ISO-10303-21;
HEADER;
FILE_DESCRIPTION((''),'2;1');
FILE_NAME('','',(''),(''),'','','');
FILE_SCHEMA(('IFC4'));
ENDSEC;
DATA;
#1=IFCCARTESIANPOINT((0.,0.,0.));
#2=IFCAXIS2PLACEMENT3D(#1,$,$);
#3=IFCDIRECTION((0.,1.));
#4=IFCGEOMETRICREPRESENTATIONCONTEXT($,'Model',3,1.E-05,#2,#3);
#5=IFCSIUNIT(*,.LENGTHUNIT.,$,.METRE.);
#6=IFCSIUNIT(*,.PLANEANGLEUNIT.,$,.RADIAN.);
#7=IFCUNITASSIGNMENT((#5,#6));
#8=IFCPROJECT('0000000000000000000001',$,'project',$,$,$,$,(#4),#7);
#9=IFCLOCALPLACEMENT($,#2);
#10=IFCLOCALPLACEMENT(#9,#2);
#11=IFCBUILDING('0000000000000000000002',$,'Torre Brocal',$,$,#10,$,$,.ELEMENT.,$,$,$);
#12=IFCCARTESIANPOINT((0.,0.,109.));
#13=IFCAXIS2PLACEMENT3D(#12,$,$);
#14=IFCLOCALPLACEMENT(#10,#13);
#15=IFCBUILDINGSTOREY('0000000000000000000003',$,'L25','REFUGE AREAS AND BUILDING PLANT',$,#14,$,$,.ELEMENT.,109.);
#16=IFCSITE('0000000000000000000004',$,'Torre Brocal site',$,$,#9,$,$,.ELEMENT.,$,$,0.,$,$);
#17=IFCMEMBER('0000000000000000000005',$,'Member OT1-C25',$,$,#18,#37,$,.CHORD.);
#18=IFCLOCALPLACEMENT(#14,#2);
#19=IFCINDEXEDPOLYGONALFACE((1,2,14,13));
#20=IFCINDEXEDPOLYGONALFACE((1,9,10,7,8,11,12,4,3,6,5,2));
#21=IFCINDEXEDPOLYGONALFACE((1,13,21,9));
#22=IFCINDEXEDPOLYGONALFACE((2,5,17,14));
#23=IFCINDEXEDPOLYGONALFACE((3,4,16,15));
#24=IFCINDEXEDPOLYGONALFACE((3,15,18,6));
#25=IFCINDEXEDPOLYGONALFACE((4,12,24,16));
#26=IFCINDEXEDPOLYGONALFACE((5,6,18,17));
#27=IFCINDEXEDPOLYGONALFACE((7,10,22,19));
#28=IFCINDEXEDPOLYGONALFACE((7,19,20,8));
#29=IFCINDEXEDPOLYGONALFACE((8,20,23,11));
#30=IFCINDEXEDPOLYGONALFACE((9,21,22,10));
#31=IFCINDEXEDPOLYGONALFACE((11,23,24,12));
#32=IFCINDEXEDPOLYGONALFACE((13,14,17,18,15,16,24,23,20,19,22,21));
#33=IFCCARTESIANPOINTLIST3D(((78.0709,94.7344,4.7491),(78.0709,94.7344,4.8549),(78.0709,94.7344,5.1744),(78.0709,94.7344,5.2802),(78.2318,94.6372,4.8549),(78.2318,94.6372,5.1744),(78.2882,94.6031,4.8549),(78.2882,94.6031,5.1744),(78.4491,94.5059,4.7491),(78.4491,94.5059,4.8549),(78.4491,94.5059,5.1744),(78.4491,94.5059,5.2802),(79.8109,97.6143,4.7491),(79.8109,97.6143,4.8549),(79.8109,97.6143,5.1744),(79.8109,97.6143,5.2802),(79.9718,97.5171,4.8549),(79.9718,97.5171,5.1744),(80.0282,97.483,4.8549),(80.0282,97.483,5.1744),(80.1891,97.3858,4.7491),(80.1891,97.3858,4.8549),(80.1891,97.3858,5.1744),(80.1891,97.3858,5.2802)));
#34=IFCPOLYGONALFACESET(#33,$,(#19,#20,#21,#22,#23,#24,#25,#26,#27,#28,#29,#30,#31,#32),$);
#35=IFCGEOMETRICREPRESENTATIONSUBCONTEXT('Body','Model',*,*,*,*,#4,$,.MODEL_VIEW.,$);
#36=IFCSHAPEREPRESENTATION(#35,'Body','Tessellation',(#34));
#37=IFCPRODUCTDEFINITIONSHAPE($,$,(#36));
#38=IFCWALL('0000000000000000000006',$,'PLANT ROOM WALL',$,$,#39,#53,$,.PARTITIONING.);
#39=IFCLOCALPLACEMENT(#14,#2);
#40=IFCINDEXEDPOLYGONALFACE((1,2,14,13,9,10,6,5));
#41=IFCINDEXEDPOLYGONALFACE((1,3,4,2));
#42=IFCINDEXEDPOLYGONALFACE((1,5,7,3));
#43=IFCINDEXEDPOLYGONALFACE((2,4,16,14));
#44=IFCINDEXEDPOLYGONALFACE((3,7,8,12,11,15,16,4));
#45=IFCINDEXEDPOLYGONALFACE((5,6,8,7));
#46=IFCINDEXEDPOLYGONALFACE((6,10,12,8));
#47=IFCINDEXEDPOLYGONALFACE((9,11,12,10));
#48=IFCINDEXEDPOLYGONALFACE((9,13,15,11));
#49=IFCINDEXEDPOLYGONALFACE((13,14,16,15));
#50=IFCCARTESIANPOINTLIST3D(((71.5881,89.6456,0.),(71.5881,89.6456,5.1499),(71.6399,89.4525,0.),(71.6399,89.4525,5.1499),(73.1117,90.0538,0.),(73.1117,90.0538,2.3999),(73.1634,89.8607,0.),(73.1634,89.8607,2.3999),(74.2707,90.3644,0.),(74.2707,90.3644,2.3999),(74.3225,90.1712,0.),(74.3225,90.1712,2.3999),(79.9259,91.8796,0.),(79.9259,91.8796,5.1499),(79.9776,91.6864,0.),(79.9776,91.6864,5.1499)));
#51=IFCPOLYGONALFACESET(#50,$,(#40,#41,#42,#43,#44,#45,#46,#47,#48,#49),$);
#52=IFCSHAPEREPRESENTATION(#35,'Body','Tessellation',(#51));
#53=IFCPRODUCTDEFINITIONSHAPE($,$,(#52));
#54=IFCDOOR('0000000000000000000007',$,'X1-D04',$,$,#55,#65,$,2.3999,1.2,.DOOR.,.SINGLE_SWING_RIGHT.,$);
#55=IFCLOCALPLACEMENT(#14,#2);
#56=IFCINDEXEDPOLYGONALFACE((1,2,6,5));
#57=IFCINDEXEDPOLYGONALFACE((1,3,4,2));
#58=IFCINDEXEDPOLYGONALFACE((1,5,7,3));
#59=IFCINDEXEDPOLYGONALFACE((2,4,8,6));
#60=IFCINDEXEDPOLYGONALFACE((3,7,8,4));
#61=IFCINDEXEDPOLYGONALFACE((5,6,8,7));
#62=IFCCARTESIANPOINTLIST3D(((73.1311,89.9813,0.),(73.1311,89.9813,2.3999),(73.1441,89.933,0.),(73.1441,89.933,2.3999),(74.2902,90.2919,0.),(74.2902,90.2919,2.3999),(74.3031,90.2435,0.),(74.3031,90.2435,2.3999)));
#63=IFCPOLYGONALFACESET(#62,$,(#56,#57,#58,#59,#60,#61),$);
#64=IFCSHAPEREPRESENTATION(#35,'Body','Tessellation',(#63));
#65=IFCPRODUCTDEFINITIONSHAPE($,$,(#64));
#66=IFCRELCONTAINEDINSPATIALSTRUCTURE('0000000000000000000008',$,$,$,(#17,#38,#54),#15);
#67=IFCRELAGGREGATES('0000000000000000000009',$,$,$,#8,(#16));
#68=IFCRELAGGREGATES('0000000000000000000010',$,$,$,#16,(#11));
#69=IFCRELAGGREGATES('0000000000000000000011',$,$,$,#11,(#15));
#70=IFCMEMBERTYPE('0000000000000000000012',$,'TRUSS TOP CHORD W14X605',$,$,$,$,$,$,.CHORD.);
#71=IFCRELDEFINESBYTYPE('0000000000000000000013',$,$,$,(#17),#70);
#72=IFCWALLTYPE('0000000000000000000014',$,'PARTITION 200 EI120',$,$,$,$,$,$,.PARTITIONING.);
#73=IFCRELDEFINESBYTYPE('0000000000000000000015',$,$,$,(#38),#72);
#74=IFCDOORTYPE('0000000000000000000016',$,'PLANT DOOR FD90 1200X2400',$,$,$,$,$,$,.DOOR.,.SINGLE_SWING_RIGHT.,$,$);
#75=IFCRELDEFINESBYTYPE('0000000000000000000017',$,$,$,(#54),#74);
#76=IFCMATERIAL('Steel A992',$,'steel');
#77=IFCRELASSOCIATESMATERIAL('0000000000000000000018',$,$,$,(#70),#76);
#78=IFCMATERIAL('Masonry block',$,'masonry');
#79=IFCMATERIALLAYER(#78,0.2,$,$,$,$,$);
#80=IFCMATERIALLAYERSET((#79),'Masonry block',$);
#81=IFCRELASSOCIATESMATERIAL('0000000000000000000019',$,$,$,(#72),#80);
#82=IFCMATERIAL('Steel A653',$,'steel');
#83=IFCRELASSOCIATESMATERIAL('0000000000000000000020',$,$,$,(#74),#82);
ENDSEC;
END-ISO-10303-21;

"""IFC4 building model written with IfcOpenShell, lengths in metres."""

from ifc_helpers import new_model, si_unit, direction, frame, frame_2d, origin, origin_2d, place, context, subcontext, project, spatial, rectangle, i_section, extrude, material, layer, layer_set, material_profile, profile_set, type_object, element, fill, save


model = new_model("IFC4")

# Units and contexts
model_context = context("Model", 3, precision=1e-05, world=origin(), true_north=direction((0.0, 1.0)))
body_context = subcontext(model_context, "Body", "Model", "MODEL_VIEW")
ifc_project = project(units=[si_unit("LENGTHUNIT", "METRE"), si_unit("PLANEANGLEUNIT", "RADIAN")], contexts=[model_context])

# Site, building, storey
site_placement = place(None, origin())
site = spatial("IfcSite", under=ifc_project, at=site_placement, Name="Torre Brocal site", CompositionType="ELEMENT", RefElevation=0.0)
building_placement = place(site_placement, origin())
building = spatial("IfcBuilding", under=site, at=building_placement, Name="Torre Brocal", CompositionType="ELEMENT")
storey_placement = place(building_placement, frame((0.0, 0.0, 109.0)))
storey = spatial("IfcBuildingStorey", under=building, at=storey_placement, Name="L25", Description="REFUGE AREAS AND BUILDING PLANT", CompositionType="ELEMENT", Elevation=109.0)

# Member
ifc_material_1 = material(Name="Steel A992", Category="steel")
ifc_material_profile_1 = material_profile(ifc_material_1, i_section(OverallWidth=0.4419, OverallDepth=0.531, WebThickness=0.0659, FlangeThickness=0.1057, at=origin_2d()), Name="W14X605")
ifc_profile_set_1 = profile_set([ifc_material_profile_1], Name="Steel A992")
member_type_1 = type_object("IfcMemberType", Name="TRUSS TOP CHORD W14X605", PredefinedType="CHORD", material=ifc_profile_set_1)
member_1_placement = place(storey_placement, frame((78.26, 94.6201, 5.0146), z_axis=(0.517129, 0.855908, 0.0), x_axis=(-0.855908, 0.517129, 0.0)))
element("IfcMember", 1, at=member_1_placement, inside=storey, type_object=member_type_1, Name="Member OT1-C25", PredefinedType="CHORD", context=body_context, shape_type="SweptSolid", body=[
    extrude(i_section(OverallWidth=0.4419, OverallDepth=0.531, WebThickness=0.0659, FlangeThickness=0.1057, at=origin_2d()), origin(), (0.0, 0.0, 1.0), 3.3647),
])

# Wall, opening, door
ifc_material_2 = material(Name="Masonry block", Category="masonry")
ifc_layer = layer(ifc_material_2, 0.2)
ifc_layer_set = layer_set([ifc_layer], Name="Masonry block")
wall_type = type_object("IfcWallType", Name="PARTITION 200 EI120", PredefinedType="PARTITIONING", material=ifc_layer_set)
wall_placement = place(storey_placement, frame((71.614, 89.5491, 0.0), z_axis=(0.0, 0.0, 1.0), x_axis=(0.965931, 0.2588, 0.0)))
wall = element("IfcWall", 2, at=wall_placement, inside=storey, type_object=wall_type, Name="PLANT ROOM WALL", PredefinedType="PARTITIONING", context=body_context, shape_type="SweptSolid", body=[
    extrude(rectangle(XDim=8.6318, YDim=0.2, at=frame_2d((4.3159, 0.0))), origin(), (0.0, 0.0, 1.0), 5.1499),
])
opening_placement = place(wall_placement, frame((1.5771, 0.0, 0.0)))
opening = element("IfcOpeningElement", 3, at=opening_placement, cuts=wall, PredefinedType="OPENING", context=body_context, shape_type="SweptSolid", body=[
    extrude(rectangle(XDim=1.2, YDim=2.3999, at=frame_2d((0.6001, 1.2))), frame((0.0, 0.1099, 0.0), z_axis=(0.0, -1.0, 0.0), x_axis=(1.0, 0.0, 0.0)), (0.0, 0.0, 1.0), 0.22),
])
ifc_material_3 = material(Name="Steel A653", Category="steel")
door_type = type_object("IfcDoorType", Name="PLANT DOOR FD90 1200X2400", OperationType="SINGLE_SWING_RIGHT", PredefinedType="DOOR", material=ifc_material_3)
door_placement = place(opening_placement, origin())
door = element("IfcDoor", 4, at=door_placement, inside=storey, type_object=door_type, Name="X1-D04", OperationType="SINGLE_SWING_RIGHT", OverallHeight=2.3999, OverallWidth=1.2, PredefinedType="DOOR", context=body_context, shape_type="SweptSolid", body=[
    extrude(rectangle(XDim=1.2, YDim=2.3999, at=frame_2d((0.6001, 1.2))), frame((0.0, 0.0249, 0.0), z_axis=(0.0, -1.0, 0.0), x_axis=(1.0, 0.0, 0.0)), (0.0, 0.0, 1.0), 0.05),
])
fill(opening, door)

save(model, "model.ifc")
